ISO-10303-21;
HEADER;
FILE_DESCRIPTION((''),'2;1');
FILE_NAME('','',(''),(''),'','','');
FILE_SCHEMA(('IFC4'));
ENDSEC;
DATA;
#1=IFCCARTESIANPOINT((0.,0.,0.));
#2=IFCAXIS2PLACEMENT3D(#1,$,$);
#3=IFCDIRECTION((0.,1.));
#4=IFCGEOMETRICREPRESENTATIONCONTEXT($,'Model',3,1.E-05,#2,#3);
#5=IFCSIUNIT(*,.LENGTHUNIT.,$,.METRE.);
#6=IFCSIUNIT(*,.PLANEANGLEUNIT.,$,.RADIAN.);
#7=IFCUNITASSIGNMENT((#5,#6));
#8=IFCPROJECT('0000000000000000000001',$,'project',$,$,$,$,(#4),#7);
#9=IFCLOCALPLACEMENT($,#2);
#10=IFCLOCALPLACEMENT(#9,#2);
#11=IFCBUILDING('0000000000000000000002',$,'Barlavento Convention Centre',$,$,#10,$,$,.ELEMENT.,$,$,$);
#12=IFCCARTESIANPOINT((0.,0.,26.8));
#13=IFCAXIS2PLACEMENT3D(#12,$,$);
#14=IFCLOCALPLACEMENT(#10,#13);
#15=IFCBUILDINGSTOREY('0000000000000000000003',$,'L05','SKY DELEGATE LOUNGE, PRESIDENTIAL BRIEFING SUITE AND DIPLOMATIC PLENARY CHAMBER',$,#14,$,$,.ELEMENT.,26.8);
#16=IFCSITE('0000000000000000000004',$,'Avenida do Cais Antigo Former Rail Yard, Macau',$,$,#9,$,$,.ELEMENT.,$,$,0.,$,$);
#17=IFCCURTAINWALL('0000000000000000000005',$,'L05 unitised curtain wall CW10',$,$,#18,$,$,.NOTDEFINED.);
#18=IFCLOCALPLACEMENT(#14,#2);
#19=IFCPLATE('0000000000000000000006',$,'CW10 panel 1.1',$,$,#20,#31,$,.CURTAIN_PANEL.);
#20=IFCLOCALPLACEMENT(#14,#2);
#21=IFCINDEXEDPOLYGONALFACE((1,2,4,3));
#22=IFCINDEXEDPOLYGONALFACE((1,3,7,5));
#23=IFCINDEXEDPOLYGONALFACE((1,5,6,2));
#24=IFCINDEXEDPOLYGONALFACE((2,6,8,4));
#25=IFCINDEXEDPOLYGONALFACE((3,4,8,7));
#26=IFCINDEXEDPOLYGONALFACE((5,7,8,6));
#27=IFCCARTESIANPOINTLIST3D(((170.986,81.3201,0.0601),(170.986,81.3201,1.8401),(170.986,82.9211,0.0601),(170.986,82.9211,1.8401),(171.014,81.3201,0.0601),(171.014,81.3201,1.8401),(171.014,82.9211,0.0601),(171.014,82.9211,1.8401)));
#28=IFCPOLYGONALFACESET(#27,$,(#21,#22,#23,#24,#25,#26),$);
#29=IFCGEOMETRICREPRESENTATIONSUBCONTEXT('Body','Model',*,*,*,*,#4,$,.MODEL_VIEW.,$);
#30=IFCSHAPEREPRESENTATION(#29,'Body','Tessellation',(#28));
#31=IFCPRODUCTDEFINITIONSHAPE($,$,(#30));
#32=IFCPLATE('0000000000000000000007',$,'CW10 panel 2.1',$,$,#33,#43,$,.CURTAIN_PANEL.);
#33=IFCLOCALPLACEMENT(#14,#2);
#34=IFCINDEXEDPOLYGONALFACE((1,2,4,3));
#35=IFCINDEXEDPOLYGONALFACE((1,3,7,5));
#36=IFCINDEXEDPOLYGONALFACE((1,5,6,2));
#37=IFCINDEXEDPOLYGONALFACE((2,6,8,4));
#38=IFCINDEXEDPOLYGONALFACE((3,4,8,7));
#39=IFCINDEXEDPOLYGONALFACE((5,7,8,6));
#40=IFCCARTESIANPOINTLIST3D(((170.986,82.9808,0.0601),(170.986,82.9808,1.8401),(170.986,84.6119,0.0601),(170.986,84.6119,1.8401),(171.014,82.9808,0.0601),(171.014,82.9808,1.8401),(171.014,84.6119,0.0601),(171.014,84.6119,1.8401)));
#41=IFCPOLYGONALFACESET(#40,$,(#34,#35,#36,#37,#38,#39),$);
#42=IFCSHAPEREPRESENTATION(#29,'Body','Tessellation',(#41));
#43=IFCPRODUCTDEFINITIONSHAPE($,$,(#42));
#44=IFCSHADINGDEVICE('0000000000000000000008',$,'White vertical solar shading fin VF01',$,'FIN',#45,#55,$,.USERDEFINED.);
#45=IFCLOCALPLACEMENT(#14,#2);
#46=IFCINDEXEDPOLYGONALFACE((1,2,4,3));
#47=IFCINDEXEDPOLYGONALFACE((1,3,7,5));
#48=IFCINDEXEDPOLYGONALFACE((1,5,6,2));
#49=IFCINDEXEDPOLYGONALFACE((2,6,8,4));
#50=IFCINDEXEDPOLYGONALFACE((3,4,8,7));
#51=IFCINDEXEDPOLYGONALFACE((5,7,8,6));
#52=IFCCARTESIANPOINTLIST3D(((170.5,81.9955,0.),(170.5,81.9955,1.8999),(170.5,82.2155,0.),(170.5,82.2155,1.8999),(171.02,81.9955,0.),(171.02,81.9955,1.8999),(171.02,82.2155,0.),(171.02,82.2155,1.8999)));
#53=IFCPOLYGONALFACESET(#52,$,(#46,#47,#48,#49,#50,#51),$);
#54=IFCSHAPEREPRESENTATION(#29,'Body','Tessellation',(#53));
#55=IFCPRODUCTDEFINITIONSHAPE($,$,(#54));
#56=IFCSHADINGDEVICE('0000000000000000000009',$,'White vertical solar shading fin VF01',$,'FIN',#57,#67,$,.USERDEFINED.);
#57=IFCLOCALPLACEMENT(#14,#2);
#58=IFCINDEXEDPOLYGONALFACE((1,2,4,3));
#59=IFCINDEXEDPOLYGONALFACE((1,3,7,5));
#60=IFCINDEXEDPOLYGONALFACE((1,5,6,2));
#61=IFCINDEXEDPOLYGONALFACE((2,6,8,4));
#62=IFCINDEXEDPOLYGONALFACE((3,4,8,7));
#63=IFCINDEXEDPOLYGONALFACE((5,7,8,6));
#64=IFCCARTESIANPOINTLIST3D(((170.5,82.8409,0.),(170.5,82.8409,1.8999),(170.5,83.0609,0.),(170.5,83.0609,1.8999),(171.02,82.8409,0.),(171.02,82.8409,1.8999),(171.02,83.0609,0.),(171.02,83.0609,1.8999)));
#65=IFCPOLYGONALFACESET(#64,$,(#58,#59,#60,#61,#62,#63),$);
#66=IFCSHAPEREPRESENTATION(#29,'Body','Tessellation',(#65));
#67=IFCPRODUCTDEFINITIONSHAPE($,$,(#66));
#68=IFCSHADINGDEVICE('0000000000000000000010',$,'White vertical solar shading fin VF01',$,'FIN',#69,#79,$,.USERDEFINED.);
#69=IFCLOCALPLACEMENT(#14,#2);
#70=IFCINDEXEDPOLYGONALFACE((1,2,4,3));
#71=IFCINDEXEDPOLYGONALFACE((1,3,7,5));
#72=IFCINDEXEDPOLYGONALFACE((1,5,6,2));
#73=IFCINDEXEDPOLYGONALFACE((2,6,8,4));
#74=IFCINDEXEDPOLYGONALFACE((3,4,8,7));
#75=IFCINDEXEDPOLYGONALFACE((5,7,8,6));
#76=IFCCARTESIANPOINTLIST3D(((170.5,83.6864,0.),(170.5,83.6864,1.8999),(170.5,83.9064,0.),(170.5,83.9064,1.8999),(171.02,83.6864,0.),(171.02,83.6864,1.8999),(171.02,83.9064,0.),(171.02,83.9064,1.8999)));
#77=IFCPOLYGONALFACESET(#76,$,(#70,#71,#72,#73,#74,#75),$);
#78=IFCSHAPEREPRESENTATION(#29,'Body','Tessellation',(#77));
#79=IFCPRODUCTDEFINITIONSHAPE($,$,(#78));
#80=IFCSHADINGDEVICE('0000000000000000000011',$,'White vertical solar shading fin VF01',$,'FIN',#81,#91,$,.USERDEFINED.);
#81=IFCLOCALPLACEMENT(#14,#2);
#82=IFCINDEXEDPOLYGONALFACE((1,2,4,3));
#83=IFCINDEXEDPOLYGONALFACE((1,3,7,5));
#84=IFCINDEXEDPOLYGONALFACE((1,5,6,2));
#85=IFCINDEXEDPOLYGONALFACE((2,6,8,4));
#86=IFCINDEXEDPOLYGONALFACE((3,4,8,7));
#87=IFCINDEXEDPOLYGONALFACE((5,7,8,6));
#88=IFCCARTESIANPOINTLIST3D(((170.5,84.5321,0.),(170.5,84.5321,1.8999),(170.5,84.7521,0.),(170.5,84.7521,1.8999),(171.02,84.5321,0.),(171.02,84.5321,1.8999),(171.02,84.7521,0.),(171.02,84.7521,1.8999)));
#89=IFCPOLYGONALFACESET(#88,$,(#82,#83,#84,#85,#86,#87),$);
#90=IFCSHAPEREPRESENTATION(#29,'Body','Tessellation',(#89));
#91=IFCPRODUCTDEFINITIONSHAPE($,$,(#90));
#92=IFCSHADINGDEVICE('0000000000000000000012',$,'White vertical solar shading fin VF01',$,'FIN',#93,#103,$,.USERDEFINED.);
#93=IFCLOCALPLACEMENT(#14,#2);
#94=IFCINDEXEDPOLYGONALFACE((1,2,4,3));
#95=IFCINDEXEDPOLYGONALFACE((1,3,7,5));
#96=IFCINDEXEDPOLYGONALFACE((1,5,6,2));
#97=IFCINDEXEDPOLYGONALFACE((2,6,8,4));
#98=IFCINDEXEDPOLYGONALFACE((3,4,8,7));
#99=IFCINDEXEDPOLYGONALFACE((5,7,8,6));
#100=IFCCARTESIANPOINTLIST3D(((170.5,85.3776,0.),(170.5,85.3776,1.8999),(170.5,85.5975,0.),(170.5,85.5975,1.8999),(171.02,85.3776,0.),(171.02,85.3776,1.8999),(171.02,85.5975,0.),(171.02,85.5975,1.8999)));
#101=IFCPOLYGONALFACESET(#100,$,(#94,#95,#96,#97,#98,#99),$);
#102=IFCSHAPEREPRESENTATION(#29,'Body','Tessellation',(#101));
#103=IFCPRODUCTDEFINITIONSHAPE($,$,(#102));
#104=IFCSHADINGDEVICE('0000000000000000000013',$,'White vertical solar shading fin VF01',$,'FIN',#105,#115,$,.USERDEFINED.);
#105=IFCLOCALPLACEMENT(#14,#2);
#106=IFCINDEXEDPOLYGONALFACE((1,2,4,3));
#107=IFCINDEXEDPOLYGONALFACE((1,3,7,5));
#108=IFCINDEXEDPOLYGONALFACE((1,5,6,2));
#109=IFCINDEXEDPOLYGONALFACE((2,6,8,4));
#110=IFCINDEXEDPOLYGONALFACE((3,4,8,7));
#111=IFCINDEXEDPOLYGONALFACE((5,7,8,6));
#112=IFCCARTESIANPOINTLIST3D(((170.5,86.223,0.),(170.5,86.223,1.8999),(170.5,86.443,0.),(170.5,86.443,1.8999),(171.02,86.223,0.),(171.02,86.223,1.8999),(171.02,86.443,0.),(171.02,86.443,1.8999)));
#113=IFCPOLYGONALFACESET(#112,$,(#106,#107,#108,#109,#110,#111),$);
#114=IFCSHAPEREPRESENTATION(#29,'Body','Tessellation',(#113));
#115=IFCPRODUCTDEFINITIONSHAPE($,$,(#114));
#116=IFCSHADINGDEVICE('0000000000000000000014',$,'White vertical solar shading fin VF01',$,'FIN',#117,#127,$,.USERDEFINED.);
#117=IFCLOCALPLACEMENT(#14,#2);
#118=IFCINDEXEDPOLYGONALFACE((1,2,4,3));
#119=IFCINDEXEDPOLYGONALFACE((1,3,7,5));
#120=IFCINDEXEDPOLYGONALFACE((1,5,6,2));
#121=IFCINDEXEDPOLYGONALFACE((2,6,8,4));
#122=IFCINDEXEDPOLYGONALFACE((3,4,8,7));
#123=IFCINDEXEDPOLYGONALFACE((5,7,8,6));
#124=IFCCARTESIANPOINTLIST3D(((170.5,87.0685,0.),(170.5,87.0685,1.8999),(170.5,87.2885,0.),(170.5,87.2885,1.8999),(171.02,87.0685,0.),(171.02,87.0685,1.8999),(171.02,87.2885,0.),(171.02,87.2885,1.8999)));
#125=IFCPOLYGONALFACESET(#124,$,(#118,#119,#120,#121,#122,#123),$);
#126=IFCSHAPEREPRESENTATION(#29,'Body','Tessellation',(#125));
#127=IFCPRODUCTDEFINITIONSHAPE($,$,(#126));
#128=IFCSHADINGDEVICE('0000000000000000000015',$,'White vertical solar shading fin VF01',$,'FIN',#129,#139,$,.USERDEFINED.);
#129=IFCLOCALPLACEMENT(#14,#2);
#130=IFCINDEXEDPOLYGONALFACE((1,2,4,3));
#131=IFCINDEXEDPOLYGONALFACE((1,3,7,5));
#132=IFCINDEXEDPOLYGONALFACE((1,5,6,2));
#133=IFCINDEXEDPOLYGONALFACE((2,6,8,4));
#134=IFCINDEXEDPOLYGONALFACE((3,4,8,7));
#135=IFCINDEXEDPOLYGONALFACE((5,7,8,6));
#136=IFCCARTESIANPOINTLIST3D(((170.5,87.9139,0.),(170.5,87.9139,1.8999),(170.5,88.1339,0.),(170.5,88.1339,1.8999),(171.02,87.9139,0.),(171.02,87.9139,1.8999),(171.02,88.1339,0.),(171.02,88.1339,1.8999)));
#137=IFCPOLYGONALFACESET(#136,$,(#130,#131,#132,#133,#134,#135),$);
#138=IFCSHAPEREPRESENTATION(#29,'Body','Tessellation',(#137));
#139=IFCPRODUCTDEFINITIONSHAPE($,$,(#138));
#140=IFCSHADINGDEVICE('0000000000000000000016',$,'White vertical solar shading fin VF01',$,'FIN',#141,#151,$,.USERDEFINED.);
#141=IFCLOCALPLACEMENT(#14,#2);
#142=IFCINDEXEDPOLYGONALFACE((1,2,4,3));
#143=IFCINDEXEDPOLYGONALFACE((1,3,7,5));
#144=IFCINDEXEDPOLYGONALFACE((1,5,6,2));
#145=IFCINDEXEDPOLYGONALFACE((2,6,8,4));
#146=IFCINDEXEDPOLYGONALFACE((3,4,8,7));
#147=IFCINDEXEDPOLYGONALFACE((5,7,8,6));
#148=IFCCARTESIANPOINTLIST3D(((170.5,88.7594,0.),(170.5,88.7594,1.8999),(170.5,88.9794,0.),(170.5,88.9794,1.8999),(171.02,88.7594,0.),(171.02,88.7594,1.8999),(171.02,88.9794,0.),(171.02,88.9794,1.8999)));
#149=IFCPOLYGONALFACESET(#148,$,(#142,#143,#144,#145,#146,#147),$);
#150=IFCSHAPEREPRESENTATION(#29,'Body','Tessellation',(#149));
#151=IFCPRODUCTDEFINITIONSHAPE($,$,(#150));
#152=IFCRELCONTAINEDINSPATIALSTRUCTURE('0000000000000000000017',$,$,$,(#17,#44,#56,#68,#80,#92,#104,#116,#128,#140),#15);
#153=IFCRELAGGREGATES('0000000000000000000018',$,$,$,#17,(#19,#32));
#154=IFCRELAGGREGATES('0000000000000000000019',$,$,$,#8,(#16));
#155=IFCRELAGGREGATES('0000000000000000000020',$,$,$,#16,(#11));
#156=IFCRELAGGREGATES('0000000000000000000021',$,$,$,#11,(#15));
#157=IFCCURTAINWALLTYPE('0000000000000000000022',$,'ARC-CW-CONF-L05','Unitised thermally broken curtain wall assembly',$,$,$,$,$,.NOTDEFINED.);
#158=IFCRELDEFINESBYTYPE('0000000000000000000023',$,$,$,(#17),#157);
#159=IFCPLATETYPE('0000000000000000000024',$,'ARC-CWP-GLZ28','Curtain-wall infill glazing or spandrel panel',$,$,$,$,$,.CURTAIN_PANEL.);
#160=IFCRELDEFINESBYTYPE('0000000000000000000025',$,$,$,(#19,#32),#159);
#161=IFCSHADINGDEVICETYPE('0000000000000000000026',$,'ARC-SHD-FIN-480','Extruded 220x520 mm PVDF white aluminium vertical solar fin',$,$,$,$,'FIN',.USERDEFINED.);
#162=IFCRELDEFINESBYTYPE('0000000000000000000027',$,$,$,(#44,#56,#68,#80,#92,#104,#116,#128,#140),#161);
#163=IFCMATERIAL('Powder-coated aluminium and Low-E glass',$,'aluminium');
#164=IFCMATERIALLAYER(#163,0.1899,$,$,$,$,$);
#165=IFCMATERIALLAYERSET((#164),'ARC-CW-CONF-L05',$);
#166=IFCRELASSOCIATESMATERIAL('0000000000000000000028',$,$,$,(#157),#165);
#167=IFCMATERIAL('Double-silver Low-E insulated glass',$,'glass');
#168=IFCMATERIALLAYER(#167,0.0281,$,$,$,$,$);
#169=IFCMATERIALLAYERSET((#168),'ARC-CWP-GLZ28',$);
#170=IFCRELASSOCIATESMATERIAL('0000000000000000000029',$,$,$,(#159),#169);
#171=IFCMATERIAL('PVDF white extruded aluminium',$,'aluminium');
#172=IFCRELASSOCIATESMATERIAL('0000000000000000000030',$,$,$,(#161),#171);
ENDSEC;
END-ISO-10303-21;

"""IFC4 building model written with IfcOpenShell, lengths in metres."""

from ifc_helpers import new_model, si_unit, direction, frame, origin, origin_2d, place, context, subcontext, project, spatial, rectangle, extrude, material, layer, layer_set, type_object, element, aggregate, save


model = new_model("IFC4")

# Units and contexts
model_context = context("Model", 3, precision=1e-05, world=origin(), true_north=direction((0.0, 1.0)))
body_context = subcontext(model_context, "Body", "Model", "MODEL_VIEW")
ifc_project = project(units=[si_unit("LENGTHUNIT", "METRE"), si_unit("PLANEANGLEUNIT", "RADIAN")], contexts=[model_context])

# Site, building, storey
site_placement = place(None, origin())
site = spatial("IfcSite", under=ifc_project, at=site_placement, Name="Avenida do Cais Antigo Former Rail Yard, Macau", CompositionType="ELEMENT", RefElevation=0.0)
building_placement = place(site_placement, origin())
building = spatial("IfcBuilding", under=site, at=building_placement, Name="Barlavento Convention Centre", CompositionType="ELEMENT")
storey_placement = place(building_placement, frame((0.0, 0.0, 26.8)))
storey = spatial("IfcBuildingStorey", under=building, at=storey_placement, Name="L05", Description="SKY DELEGATE LOUNGE, PRESIDENTIAL BRIEFING SUITE AND DIPLOMATIC PLENARY CHAMBER", CompositionType="ELEMENT", Elevation=26.8)

# Curtain wall
ifc_material_1 = material(Name="Powder-coated aluminium and Low-E glass", Category="aluminium")
ifc_layer_1 = layer(ifc_material_1, 0.1899)
ifc_layer_set_1 = layer_set([ifc_layer_1], Name="ARC-CW-CONF-L05")
curtain_wall_type = type_object("IfcCurtainWallType", Name="ARC-CW-CONF-L05", Description="Unitised thermally broken curtain wall assembly", PredefinedType="NOTDEFINED", material=ifc_layer_set_1)
curtain_wall_placement = place(storey_placement, origin())
curtain_wall = element("IfcCurtainWall", 1, at=curtain_wall_placement, inside=storey, type_object=curtain_wall_type, Name="L05 unitised curtain wall CW10", PredefinedType="NOTDEFINED")

# Plates
ifc_material_2 = material(Name="Double-silver Low-E insulated glass", Category="glass")
ifc_layer_2 = layer(ifc_material_2, 0.0281)
ifc_layer_set_2 = layer_set([ifc_layer_2], Name="ARC-CWP-GLZ28")
plate_type = type_object("IfcPlateType", Name="ARC-CWP-GLZ28", Description="Curtain-wall infill glazing or spandrel panel", PredefinedType="CURTAIN_PANEL", material=ifc_layer_set_2)
plate_1_placement = place(storey_placement, frame((171.0, 82.1206, 0.0601), z_axis=(0.0, 0.0, 1.0), x_axis=(0.0, 1.0, 0.0)))
plate_1 = element("IfcPlate", 2, at=plate_1_placement, type_object=plate_type, Name="CW10 panel 1.1", PredefinedType="CURTAIN_PANEL", context=body_context, shape_type="SweptSolid", body=[
    extrude(rectangle(XDim=1.6011, YDim=0.0281, at=origin_2d()), origin(), (0.0, 0.0, 1.0), 1.78),
])
plate_2_placement = place(storey_placement, frame((171.0, 83.7964, 0.0601), z_axis=(0.0, 0.0, 1.0), x_axis=(0.0, 1.0, 0.0)))
plate_2 = element("IfcPlate", 3, at=plate_2_placement, type_object=plate_type, Name="CW10 panel 2.1", PredefinedType="CURTAIN_PANEL", context=body_context, shape_type="SweptSolid", body=[
    extrude(rectangle(XDim=1.6311, YDim=0.0281, at=origin_2d()), origin(), (0.0, 0.0, 1.0), 1.78),
])
aggregate(curtain_wall, [plate_1, plate_2])

# Shading devices
ifc_material_3 = material(Name="PVDF white extruded aluminium", Category="aluminium")
shading_device_type = type_object("IfcShadingDeviceType", Name="ARC-SHD-FIN-480", Description="Extruded 220x520 mm PVDF white aluminium vertical solar fin", ElementType="FIN", PredefinedType="USERDEFINED", material=ifc_material_3)
for number, where, z_axis, x_axis, name in (
    (4, (170.76, 82.1055, 0.0), (0.0, 0.0, 1.0), (0.0, 1.0, 0.0), "White vertical solar shading fin VF01"),
    (5, (170.76, 82.9509, 0.0), (0.0, 0.0, 1.0), (0.0, 1.0, 0.0), "White vertical solar shading fin VF01"),
    (6, (170.76, 83.7964, 0.0), (0.0, 0.0, 1.0), (0.0, 1.0, 0.0), "White vertical solar shading fin VF01"),
    (7, (170.76, 84.6421, 0.0), (0.0, 0.0, 1.0), (0.0, 1.0, 0.0), "White vertical solar shading fin VF01"),
    (8, (170.76, 85.4875, 0.0), (0.0, 0.0, 1.0), (0.0, 1.0, 0.0), "White vertical solar shading fin VF01"),
    (9, (170.76, 86.333, 0.0), (0.0, 0.0, 1.0), (0.0, 1.0, 0.0), "White vertical solar shading fin VF01"),
    (10, (170.76, 87.1785, 0.0), (0.0, 0.0, 1.0), (0.0, 1.0, 0.0), "White vertical solar shading fin VF01"),
    (11, (170.76, 88.0239, 0.0), (0.0, 0.0, 1.0), (0.0, 1.0, 0.0), "White vertical solar shading fin VF01"),
    (12, (170.76, 88.8694, 0.0), (0.0, 0.0, 1.0), (0.0, 1.0, 0.0), "White vertical solar shading fin VF01"),
):
    element("IfcShadingDevice", number, at=place(storey_placement, frame(where, z_axis=z_axis, x_axis=x_axis)), inside=storey, type_object=shading_device_type, Name=name, ObjectType="FIN", PredefinedType="USERDEFINED", context=body_context, shape_type="SweptSolid", body=[
        extrude(rectangle(XDim=0.22, YDim=0.52, at=origin_2d()), origin(), (0.0, 0.0, 1.0), 1.8999),
    ])

save(model, "model.ifc")
